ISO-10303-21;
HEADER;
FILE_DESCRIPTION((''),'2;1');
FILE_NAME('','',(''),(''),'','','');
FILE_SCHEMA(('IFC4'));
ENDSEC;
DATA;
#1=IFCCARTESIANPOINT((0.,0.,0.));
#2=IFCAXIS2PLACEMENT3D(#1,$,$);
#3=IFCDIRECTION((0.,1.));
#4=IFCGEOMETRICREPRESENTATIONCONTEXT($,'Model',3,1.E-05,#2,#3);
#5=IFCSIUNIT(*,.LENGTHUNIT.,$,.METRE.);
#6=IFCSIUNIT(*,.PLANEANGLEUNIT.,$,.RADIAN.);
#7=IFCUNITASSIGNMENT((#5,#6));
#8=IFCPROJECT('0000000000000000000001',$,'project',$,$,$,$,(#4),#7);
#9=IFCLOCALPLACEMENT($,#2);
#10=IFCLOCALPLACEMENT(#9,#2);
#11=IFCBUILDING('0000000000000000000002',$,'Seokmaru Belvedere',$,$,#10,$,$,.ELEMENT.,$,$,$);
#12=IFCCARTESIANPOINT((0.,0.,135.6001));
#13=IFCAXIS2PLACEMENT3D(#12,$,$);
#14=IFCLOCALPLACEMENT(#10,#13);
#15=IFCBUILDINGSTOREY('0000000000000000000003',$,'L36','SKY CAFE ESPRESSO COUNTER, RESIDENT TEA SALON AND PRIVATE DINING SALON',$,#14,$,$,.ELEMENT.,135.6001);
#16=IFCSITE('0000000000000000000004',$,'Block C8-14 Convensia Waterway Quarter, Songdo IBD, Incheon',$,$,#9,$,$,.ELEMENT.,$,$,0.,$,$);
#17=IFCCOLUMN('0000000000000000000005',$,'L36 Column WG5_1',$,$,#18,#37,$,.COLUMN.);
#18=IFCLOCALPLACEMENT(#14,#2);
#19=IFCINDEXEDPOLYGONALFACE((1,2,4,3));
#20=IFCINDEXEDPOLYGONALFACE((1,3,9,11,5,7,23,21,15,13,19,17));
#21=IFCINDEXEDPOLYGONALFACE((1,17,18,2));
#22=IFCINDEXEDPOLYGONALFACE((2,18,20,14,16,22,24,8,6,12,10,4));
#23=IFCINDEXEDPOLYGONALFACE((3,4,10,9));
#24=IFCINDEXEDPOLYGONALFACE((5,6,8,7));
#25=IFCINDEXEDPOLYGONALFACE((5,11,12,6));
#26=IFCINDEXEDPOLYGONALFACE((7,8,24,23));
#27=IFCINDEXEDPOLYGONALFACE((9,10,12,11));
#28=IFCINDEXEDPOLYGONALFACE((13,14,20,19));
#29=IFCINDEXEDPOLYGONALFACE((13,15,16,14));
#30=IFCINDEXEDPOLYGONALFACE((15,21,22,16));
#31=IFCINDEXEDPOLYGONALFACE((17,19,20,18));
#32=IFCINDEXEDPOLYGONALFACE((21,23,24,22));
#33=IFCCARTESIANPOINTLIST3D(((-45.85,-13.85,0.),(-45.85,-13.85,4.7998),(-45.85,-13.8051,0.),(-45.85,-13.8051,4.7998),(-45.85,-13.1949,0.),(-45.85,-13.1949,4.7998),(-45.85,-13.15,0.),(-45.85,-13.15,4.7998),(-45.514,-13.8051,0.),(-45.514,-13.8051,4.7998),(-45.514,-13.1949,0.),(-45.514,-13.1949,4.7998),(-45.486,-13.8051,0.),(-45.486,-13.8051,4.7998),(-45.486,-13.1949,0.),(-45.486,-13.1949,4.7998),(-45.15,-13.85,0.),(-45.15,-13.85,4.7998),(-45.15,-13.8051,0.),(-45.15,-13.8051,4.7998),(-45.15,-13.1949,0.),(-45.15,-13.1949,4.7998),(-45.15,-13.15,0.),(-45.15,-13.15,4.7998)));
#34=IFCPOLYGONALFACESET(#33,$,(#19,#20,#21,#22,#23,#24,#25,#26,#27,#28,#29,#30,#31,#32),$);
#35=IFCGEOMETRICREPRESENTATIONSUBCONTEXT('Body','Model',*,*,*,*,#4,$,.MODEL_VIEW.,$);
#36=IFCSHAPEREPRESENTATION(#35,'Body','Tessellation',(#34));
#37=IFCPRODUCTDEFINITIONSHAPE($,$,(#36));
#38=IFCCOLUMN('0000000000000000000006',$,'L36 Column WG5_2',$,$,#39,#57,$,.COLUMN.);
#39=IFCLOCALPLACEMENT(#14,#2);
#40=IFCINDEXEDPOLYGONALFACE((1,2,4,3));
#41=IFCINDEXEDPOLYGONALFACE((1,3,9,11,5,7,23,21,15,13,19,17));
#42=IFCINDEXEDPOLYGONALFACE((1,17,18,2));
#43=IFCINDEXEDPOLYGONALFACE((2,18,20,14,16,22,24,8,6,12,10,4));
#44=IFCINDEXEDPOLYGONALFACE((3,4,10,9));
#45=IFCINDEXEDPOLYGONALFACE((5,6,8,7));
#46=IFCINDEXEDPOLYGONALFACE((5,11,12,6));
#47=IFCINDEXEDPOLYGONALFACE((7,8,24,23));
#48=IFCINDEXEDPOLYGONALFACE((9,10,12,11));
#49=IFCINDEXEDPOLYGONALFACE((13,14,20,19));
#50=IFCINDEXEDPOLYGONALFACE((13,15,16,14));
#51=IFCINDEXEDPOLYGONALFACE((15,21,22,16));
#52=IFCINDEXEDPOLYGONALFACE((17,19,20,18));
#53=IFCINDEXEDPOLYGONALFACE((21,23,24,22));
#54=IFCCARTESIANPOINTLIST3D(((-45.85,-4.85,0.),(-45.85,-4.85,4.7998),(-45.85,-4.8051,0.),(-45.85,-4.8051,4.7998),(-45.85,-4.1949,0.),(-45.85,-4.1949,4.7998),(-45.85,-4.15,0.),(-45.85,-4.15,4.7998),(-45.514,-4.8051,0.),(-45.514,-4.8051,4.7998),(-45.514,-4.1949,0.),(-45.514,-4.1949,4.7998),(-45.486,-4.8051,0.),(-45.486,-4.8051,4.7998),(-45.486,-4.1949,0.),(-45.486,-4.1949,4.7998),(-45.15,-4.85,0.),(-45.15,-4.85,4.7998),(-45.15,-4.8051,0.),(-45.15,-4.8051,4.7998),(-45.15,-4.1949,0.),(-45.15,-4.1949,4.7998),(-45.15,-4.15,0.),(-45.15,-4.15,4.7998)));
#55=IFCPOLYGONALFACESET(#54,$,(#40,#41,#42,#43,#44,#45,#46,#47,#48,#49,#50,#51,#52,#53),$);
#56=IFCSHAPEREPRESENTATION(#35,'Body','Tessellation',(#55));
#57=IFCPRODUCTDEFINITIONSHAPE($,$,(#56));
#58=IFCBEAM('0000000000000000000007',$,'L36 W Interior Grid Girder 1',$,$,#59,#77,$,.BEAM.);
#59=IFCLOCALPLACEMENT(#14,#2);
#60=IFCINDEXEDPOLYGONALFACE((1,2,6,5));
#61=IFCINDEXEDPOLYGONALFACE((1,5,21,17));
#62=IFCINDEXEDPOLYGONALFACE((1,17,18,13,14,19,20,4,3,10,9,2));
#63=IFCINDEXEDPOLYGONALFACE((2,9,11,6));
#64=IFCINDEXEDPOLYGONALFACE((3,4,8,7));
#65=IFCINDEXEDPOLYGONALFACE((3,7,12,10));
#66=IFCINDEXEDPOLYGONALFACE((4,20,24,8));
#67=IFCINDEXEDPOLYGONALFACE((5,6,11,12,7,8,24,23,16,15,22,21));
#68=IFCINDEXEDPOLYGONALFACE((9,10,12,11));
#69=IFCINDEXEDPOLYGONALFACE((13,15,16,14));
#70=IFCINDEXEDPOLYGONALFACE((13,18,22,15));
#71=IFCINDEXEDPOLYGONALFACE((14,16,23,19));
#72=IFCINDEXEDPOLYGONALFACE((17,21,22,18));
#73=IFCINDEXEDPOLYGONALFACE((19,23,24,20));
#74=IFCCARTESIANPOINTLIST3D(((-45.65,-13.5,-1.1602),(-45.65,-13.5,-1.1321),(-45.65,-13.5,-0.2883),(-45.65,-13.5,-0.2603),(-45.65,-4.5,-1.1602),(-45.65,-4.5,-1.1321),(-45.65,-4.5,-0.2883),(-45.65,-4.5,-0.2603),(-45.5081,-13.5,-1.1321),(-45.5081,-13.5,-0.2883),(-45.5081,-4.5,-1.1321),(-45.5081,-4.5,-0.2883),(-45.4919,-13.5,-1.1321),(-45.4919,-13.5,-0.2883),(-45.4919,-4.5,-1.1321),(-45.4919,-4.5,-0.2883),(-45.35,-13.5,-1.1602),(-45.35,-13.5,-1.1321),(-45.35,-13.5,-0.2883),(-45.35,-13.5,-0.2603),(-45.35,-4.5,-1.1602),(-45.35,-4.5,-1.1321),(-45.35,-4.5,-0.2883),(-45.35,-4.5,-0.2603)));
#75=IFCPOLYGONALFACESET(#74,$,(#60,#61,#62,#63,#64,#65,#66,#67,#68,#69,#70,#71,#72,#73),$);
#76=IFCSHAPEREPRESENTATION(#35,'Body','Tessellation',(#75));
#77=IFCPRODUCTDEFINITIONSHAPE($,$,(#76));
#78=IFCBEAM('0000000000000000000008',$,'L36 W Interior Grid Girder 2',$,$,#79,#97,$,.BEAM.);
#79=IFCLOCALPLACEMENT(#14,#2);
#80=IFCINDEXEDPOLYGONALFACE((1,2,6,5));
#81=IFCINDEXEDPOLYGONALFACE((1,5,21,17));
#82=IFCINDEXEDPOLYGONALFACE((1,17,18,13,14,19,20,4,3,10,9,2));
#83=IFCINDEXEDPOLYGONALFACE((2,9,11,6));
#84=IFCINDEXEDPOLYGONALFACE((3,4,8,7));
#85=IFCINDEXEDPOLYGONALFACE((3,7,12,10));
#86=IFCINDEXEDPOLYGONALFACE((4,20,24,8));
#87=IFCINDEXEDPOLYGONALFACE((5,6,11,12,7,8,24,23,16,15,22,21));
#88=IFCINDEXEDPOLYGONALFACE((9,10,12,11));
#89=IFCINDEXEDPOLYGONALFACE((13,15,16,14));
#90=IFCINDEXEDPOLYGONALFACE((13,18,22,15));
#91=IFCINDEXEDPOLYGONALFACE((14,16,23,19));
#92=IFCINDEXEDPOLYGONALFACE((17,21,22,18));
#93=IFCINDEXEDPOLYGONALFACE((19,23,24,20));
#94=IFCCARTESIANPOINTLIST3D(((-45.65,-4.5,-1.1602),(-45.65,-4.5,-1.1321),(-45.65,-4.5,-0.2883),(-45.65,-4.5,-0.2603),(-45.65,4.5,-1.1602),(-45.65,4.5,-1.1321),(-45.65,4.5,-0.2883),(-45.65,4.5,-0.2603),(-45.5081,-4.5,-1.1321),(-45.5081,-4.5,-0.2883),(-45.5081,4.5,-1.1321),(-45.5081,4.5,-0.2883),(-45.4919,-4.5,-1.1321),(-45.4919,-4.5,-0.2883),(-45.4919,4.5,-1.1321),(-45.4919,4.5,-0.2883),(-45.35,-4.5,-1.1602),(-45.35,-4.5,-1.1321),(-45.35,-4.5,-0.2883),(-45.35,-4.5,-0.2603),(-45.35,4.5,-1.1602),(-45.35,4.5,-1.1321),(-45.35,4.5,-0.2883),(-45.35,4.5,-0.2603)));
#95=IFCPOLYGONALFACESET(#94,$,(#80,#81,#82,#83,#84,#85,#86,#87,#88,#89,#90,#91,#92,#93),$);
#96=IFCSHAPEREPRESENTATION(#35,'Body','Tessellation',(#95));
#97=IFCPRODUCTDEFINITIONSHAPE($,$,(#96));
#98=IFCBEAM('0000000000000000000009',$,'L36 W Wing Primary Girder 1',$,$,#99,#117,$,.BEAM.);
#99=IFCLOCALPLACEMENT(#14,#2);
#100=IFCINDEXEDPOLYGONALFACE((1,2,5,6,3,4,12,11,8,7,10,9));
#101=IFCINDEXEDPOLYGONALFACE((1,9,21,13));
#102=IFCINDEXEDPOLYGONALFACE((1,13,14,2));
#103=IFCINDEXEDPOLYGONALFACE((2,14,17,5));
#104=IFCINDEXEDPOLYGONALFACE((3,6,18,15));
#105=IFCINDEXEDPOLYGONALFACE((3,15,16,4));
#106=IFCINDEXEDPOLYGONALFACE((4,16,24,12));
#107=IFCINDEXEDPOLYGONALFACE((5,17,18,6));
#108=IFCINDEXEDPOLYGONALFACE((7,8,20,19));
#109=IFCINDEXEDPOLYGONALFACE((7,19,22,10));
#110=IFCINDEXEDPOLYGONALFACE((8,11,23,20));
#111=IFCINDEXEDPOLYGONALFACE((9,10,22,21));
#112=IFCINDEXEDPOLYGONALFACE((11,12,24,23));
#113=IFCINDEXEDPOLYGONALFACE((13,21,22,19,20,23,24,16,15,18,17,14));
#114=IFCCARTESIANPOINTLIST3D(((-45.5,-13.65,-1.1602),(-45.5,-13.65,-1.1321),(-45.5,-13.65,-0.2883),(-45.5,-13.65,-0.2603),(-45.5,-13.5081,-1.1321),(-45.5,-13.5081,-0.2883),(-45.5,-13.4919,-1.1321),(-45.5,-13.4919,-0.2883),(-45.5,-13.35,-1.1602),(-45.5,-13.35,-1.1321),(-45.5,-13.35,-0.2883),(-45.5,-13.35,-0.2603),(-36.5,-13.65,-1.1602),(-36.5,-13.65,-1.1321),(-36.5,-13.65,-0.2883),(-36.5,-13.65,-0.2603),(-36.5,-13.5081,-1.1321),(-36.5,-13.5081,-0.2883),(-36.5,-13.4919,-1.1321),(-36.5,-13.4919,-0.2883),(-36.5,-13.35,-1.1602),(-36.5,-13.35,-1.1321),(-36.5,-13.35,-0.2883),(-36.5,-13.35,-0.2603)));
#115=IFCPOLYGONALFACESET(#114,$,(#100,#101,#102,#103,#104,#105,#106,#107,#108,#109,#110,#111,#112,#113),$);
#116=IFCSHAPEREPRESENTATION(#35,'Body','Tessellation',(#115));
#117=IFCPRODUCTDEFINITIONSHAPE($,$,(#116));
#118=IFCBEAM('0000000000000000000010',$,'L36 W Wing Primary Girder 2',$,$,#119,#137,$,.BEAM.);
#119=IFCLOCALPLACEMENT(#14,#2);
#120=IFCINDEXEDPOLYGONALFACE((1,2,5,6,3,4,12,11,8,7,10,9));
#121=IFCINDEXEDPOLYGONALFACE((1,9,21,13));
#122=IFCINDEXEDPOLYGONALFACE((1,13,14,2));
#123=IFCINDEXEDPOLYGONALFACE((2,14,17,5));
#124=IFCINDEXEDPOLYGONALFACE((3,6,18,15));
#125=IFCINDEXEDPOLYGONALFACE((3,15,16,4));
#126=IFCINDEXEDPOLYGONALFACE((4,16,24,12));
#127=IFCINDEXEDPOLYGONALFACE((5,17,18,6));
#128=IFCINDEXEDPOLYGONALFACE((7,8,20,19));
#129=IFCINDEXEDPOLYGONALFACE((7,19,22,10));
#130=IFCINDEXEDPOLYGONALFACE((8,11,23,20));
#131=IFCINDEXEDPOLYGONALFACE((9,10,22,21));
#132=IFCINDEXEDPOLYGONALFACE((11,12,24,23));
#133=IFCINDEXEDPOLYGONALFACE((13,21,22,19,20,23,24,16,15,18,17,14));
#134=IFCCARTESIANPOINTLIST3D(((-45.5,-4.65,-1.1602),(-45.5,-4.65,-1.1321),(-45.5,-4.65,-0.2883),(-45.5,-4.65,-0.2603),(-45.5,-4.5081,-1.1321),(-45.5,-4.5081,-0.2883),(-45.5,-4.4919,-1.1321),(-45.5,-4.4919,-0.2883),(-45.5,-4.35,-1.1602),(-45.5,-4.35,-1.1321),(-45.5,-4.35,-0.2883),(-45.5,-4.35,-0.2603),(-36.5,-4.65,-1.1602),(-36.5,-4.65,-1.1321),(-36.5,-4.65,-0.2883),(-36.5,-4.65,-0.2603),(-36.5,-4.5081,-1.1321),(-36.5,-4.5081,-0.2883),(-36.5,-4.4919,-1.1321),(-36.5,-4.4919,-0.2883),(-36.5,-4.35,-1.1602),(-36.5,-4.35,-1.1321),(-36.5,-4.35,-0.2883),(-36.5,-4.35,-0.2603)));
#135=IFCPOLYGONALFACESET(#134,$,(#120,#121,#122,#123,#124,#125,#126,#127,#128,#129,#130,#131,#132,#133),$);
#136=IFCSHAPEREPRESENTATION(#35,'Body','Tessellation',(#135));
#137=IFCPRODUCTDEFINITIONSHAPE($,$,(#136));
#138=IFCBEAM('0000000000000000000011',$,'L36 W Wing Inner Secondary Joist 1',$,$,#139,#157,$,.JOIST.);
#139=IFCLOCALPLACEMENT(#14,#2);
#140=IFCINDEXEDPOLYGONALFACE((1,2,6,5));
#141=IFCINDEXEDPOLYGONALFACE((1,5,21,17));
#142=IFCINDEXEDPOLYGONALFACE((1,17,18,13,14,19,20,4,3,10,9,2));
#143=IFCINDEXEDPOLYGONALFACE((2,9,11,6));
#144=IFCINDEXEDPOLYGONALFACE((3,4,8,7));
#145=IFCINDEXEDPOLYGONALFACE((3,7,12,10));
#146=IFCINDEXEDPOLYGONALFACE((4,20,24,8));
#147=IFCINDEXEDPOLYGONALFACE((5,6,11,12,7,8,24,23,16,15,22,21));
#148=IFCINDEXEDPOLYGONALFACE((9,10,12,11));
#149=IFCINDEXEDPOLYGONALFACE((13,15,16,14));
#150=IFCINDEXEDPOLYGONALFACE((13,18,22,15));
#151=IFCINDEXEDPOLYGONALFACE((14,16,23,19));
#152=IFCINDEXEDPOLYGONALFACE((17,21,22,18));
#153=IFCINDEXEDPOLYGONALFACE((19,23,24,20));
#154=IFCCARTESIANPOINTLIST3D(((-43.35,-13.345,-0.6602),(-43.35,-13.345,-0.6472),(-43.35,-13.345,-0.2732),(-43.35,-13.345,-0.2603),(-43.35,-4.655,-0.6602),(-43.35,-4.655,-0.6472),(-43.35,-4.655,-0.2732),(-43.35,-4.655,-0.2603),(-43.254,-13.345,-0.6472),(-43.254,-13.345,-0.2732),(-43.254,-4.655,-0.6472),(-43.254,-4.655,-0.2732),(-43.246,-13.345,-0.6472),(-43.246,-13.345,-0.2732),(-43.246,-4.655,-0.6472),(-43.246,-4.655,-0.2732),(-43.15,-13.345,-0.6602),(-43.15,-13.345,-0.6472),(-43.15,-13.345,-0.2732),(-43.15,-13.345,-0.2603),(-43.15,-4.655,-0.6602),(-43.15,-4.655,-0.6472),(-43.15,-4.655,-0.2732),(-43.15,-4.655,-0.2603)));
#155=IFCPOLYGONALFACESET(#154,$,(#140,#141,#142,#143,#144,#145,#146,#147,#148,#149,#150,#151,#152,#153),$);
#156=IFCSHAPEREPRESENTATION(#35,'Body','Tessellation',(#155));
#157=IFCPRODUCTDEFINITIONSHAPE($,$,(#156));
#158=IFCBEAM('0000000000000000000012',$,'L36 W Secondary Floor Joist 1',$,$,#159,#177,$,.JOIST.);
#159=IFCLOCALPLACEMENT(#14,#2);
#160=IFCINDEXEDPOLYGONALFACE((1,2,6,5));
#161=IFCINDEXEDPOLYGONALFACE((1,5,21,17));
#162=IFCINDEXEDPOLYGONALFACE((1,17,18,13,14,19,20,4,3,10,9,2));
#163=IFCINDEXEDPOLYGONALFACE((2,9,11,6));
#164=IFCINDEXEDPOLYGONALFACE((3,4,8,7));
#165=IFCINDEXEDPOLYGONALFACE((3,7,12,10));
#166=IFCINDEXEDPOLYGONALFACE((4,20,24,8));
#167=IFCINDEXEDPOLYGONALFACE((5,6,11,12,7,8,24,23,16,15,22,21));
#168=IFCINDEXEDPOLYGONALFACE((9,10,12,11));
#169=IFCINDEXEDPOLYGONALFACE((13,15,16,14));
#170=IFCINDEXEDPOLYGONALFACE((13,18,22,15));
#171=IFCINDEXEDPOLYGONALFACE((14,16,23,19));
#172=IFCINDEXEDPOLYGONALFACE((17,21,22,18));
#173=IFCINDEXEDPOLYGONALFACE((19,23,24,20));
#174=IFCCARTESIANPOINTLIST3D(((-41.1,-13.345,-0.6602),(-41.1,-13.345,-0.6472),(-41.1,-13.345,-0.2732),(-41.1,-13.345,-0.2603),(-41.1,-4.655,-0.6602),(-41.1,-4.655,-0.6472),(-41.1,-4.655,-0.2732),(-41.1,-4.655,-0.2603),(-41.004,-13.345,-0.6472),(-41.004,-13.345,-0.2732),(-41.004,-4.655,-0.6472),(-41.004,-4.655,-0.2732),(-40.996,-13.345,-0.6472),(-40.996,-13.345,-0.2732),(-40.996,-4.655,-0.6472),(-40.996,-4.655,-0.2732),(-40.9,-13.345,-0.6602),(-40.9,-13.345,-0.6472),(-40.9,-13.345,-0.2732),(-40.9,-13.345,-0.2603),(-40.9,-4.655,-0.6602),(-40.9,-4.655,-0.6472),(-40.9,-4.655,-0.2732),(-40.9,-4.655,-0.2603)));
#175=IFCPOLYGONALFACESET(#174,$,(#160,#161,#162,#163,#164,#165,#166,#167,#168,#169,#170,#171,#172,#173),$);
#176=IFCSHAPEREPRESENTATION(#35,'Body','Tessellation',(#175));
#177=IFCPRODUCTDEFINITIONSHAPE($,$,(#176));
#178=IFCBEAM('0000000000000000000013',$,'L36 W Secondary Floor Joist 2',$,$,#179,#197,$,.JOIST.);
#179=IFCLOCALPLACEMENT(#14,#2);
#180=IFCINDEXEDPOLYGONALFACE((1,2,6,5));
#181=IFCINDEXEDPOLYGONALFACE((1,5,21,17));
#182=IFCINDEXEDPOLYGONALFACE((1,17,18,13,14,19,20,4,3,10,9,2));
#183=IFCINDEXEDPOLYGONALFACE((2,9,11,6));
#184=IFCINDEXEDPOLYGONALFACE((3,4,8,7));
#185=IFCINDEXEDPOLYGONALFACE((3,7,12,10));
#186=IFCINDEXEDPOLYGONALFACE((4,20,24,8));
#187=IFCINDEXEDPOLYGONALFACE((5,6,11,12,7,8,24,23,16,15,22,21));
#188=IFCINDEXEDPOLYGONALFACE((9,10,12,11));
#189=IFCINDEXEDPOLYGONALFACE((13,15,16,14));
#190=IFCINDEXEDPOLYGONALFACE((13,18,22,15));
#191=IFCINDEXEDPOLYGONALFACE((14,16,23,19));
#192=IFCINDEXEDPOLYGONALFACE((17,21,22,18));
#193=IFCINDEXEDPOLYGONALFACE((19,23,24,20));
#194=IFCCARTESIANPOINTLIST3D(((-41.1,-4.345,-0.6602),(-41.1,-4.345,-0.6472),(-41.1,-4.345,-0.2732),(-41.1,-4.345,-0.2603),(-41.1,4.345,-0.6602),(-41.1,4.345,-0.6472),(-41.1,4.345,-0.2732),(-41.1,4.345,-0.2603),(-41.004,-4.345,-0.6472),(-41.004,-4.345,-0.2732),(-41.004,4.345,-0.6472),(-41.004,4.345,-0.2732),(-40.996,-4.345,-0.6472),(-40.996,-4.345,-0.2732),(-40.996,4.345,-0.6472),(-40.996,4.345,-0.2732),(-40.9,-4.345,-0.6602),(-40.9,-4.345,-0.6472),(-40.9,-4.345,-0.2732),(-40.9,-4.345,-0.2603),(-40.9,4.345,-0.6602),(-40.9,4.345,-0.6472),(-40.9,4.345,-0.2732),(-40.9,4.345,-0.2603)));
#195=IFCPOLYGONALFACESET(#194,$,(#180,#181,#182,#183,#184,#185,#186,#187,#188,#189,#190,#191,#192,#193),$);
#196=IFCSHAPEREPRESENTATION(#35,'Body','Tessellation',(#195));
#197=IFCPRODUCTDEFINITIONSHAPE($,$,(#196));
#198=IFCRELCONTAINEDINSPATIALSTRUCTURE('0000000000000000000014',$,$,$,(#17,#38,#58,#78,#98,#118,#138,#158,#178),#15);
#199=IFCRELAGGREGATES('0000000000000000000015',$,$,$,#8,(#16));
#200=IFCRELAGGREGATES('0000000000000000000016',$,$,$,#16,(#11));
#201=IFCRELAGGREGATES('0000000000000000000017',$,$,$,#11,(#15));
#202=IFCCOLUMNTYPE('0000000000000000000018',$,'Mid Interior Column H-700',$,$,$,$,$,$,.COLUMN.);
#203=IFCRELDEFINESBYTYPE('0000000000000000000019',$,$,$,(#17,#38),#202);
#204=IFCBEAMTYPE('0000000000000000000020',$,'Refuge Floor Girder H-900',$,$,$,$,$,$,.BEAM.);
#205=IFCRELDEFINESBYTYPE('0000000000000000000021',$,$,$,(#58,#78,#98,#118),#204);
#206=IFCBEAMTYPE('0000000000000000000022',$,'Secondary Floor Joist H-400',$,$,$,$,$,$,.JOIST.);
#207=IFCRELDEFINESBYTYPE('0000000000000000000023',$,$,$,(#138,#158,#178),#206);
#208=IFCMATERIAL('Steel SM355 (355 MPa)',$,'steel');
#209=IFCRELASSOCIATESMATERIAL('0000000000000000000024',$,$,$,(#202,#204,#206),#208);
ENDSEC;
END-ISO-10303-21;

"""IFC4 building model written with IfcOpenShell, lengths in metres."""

from ifc_helpers import new_model, si_unit, direction, frame, origin, origin_2d, place, context, subcontext, project, spatial, i_section, extrude, source, transform, mapped, material, material_profile, profile_set, type_object, type_shapes, element, save


model = new_model("IFC4")

# Units and contexts
model_context = context("Model", 3, precision=1e-05, world=origin(), true_north=direction((0.0, 1.0)))
body_context = subcontext(model_context, "Body", "Model", "MODEL_VIEW")
ifc_project = project(units=[si_unit("LENGTHUNIT", "METRE"), si_unit("PLANEANGLEUNIT", "RADIAN")], contexts=[model_context])

# Site, building, storey
site_placement = place(None, origin())
site = spatial("IfcSite", under=ifc_project, at=site_placement, Name="Block C8-14 Convensia Waterway Quarter, Songdo IBD, Incheon", CompositionType="ELEMENT", RefElevation=0.0)
building_placement = place(site_placement, origin())
building = spatial("IfcBuilding", under=site, at=building_placement, Name="Seokmaru Belvedere", CompositionType="ELEMENT")
storey_placement = place(building_placement, frame((0.0, 0.0, 135.6001)))
storey = spatial("IfcBuildingStorey", under=building, at=storey_placement, Name="L36", Description="SKY CAFE ESPRESSO COUNTER, RESIDENT TEA SALON AND PRIVATE DINING SALON", CompositionType="ELEMENT", Elevation=135.6001)

# Columns
ifc_material_1 = material(Name="Steel SM355 (355 MPa)", Category="steel")
ifc_material_profile_1 = material_profile(ifc_material_1, i_section(OverallWidth=0.7, OverallDepth=0.7, WebThickness=0.0281, FlangeThickness=0.0449, at=origin_2d()), Name="H-700x700x28x45")
ifc_profile_set_1 = profile_set([ifc_material_profile_1], Name="Steel SM355 (355 MPa)")
column_type = type_object("IfcColumnType", Name="Mid Interior Column H-700", PredefinedType="COLUMN", material=ifc_profile_set_1)
shared_shape_1 = source(origin(), body_context, "Body", "SweptSolid", [
    extrude(i_section(OverallWidth=0.7, OverallDepth=0.7, WebThickness=0.0281, FlangeThickness=0.0449, at=origin_2d()), origin(), (0.0, 0.0, 1.0), 4.7998),
])
type_shapes(column_type, [shared_shape_1])
for number, where, z_axis, x_axis, name in (
    (1, (-45.5, -13.5, 0.0), (0.0, 0.0, 1.0), (1.0, 0.0, 0.0), "L36 Column WG5_1"),
    (2, (-45.5, -4.5, 0.0), (0.0, 0.0, 1.0), (1.0, 0.0, 0.0), "L36 Column WG5_2"),
):
    element("IfcColumn", number, at=place(storey_placement, frame(where, z_axis=z_axis, x_axis=x_axis)), inside=storey, type_object=column_type, Name=name, PredefinedType="COLUMN", context=body_context, shape_type="MappedRepresentation", body=[
        mapped(shared_shape_1, transform((0.0, 0.0, 0.0), scale=1.0)),
    ])

# Beams
ifc_material_profile_2 = material_profile(ifc_material_1, i_section(OverallWidth=0.3, OverallDepth=0.8999, WebThickness=0.0161, FlangeThickness=0.0281, at=origin_2d()), Name="H-900x300x16x28")
ifc_profile_set_2 = profile_set([ifc_material_profile_2], Name="Steel SM355 (355 MPa)")
beam_type_1 = type_object("IfcBeamType", Name="Refuge Floor Girder H-900", PredefinedType="BEAM", material=ifc_profile_set_2)
shared_shape_2 = source(origin(), body_context, "Body", "SweptSolid", [
    extrude(i_section(OverallWidth=0.3, OverallDepth=0.8999, WebThickness=0.0161, FlangeThickness=0.0281, at=origin_2d()), origin(), (0.0, 0.0, 1.0), 9.0),
])
for number, where, z_axis, x_axis, name in (
    (3, (-45.5, -13.5, -0.7102), (0.0, 1.0, 0.0), (-1.0, 0.0, 0.0), "L36 W Interior Grid Girder 1"),
    (4, (-45.5, -4.5, -0.7102), (0.0, 1.0, 0.0), (-1.0, 0.0, 0.0), "L36 W Interior Grid Girder 2"),
    (5, (-45.5, -13.5, -0.7102), (1.0, 0.0, 0.0), (0.0, 1.0, 0.0), "L36 W Wing Primary Girder 1"),
    (6, (-45.5, -4.5, -0.7102), (1.0, 0.0, 0.0), (0.0, 1.0, 0.0), "L36 W Wing Primary Girder 2"),
):
    element("IfcBeam", number, at=place(storey_placement, frame(where, z_axis=z_axis, x_axis=x_axis)), inside=storey, type_object=beam_type_1, Name=name, PredefinedType="BEAM", context=body_context, shape_type="MappedRepresentation", body=[
        mapped(shared_shape_2, transform((0.0, 0.0, 0.0), scale=1.0)),
    ])
ifc_material_profile_3 = material_profile(ifc_material_1, i_section(OverallWidth=0.2, OverallDepth=0.3999, WebThickness=0.0081, FlangeThickness=0.0129, at=origin_2d()), Name="H-400x200x8x13")
ifc_profile_set_3 = profile_set([ifc_material_profile_3], Name="Steel SM355 (355 MPa)")
beam_type_2 = type_object("IfcBeamType", Name="Secondary Floor Joist H-400", PredefinedType="JOIST", material=ifc_profile_set_3)
shared_shape_3 = source(origin(), body_context, "Body", "SweptSolid", [
    extrude(i_section(OverallWidth=0.2, OverallDepth=0.3999, WebThickness=0.0081, FlangeThickness=0.0129, at=origin_2d()), origin(), (0.0, 0.0, 1.0), 8.6899),
])
type_shapes(beam_type_2, [shared_shape_3])
for number, where, z_axis, x_axis, name in (
    (7, (-43.25, -13.345, -0.4602), (0.0, 1.0, 0.0), (-1.0, 0.0, 0.0), "L36 W Wing Inner Secondary Joist 1"),
    (8, (-41.0, -13.345, -0.4602), (0.0, 1.0, 0.0), (-1.0, 0.0, 0.0), "L36 W Secondary Floor Joist 1"),
    (9, (-41.0, -4.345, -0.4602), (0.0, 1.0, 0.0), (-1.0, 0.0, 0.0), "L36 W Secondary Floor Joist 2"),
):
    element("IfcBeam", number, at=place(storey_placement, frame(where, z_axis=z_axis, x_axis=x_axis)), inside=storey, type_object=beam_type_2, Name=name, PredefinedType="JOIST", context=body_context, shape_type="MappedRepresentation", body=[
        mapped(shared_shape_3, transform((0.0, 0.0, 0.0), scale=1.0)),
    ])

save(model, "model.ifc")
